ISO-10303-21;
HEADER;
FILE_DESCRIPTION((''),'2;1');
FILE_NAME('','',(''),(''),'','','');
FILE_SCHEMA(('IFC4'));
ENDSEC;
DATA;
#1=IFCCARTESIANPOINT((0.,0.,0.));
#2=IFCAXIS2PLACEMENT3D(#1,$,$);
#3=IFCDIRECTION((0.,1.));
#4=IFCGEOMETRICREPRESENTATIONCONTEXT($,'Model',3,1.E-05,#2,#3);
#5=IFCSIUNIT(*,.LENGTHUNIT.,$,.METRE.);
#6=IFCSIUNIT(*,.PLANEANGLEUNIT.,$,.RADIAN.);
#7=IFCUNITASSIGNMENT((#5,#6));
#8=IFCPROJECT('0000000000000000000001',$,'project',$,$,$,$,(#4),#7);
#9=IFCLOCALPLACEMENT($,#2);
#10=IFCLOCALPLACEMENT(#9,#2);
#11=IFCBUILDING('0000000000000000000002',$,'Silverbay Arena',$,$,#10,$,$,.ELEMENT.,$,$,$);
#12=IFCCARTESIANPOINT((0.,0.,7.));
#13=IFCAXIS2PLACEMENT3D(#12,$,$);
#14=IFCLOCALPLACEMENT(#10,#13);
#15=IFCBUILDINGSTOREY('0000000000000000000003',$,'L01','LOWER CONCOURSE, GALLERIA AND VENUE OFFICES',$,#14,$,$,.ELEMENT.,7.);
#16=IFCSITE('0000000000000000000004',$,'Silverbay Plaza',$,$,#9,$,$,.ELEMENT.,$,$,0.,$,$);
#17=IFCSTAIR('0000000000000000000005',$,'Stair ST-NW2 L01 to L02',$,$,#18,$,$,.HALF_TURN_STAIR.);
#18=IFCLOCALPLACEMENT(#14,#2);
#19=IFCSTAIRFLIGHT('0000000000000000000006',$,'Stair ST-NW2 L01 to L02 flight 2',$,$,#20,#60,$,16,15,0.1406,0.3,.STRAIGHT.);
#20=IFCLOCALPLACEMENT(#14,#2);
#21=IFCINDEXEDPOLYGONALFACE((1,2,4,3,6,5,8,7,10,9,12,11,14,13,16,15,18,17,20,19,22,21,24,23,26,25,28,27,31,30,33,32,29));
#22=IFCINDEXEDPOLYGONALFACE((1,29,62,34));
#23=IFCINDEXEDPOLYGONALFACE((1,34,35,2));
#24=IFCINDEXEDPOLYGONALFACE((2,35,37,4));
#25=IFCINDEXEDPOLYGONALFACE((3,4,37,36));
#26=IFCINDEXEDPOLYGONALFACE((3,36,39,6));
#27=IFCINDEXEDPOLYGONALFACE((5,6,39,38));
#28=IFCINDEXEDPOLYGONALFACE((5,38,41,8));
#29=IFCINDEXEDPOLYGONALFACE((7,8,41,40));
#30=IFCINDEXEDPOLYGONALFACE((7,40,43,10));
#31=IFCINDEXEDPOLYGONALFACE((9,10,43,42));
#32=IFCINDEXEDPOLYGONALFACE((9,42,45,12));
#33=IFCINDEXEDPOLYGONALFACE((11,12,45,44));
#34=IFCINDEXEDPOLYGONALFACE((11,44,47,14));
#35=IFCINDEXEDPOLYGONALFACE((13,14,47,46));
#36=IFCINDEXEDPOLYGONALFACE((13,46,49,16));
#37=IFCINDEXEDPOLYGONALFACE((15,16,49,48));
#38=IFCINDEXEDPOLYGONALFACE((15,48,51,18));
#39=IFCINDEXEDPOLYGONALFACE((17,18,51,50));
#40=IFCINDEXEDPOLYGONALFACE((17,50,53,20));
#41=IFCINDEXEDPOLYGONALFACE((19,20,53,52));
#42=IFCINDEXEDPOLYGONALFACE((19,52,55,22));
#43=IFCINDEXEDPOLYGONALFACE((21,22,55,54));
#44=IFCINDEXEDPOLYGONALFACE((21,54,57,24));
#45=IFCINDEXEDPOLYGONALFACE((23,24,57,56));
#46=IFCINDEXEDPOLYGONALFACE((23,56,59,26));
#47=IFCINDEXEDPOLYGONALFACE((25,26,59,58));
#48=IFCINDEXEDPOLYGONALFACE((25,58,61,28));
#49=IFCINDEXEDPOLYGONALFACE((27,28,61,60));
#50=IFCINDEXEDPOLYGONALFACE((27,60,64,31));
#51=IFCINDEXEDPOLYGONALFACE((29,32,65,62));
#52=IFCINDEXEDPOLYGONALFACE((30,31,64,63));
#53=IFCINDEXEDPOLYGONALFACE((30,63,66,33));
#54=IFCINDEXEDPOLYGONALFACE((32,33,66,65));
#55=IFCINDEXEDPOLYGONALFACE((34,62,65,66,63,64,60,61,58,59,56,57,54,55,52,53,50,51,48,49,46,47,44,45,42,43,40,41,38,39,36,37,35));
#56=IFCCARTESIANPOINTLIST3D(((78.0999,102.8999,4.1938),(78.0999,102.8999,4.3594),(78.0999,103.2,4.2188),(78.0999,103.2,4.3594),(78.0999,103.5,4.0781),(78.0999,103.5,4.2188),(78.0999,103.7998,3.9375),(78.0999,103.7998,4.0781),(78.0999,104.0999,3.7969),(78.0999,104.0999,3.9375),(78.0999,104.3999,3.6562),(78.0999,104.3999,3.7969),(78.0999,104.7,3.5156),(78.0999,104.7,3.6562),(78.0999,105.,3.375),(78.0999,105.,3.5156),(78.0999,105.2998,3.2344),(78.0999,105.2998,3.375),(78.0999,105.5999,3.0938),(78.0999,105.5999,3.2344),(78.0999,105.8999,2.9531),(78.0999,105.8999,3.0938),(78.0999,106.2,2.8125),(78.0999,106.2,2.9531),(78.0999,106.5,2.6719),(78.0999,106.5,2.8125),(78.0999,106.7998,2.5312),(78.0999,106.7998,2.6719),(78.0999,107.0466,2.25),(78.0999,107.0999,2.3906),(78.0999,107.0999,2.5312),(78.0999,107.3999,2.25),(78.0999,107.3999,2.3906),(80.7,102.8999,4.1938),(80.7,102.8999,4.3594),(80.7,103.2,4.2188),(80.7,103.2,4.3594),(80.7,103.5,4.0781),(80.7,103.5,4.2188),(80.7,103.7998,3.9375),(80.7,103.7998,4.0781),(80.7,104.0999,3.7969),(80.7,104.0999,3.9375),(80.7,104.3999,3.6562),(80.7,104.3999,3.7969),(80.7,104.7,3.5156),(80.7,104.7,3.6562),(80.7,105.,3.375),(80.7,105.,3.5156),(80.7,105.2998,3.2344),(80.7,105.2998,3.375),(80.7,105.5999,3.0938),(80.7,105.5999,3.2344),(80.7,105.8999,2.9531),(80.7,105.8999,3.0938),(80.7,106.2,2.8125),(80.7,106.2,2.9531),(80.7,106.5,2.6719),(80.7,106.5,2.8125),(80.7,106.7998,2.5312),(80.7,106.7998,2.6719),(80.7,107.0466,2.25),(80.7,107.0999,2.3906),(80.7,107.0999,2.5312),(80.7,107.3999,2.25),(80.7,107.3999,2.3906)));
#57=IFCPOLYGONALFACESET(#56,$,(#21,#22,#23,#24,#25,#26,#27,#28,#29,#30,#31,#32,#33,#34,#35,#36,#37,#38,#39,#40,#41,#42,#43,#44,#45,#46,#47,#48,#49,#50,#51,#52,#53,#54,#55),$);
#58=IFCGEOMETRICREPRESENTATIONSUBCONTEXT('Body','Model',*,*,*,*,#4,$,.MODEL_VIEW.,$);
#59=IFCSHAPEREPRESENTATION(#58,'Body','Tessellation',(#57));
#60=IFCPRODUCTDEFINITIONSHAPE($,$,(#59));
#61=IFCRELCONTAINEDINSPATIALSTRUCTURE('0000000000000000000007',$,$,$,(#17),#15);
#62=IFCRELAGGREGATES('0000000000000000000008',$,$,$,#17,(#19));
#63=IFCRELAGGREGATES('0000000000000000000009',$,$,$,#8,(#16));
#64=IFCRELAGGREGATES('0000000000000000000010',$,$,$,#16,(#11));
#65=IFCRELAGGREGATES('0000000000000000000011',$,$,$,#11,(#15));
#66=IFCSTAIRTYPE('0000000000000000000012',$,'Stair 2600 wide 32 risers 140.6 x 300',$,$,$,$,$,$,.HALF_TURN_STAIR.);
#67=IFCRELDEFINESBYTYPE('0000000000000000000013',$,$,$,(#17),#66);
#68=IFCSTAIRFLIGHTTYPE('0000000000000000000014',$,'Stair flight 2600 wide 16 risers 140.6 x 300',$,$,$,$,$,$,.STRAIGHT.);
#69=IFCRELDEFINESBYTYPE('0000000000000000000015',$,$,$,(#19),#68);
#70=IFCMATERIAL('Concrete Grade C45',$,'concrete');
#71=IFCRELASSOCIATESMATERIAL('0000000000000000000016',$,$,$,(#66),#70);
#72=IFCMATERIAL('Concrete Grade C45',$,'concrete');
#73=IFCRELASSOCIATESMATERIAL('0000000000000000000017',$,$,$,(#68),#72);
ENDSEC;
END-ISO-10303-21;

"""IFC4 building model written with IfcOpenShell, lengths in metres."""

from ifc_helpers import new_model, si_unit, direction, frame, origin, place, context, subcontext, project, spatial, polyline, outline, extrude, material, type_object, element, aggregate, save


model = new_model("IFC4")

# Units and contexts
model_context = context("Model", 3, precision=1e-05, world=origin(), true_north=direction((0.0, 1.0)))
body_context = subcontext(model_context, "Body", "Model", "MODEL_VIEW")
ifc_project = project(units=[si_unit("LENGTHUNIT", "METRE"), si_unit("PLANEANGLEUNIT", "RADIAN")], contexts=[model_context])

# Site, building, storey
site_placement = place(None, origin())
site = spatial("IfcSite", under=ifc_project, at=site_placement, Name="Silverbay Plaza", CompositionType="ELEMENT", RefElevation=0.0)
building_placement = place(site_placement, origin())
building = spatial("IfcBuilding", under=site, at=building_placement, Name="Silverbay Arena", CompositionType="ELEMENT")
storey_placement = place(building_placement, frame((0.0, 0.0, 7.0)))
storey = spatial("IfcBuildingStorey", under=building, at=storey_placement, Name="L01", Description="LOWER CONCOURSE, GALLERIA AND VENUE OFFICES", CompositionType="ELEMENT", Elevation=7.0)

# Stair, stair flight
ifc_material_1 = material(Name="Concrete Grade C45", Category="concrete")
stair_type = type_object("IfcStairType", Name="Stair 2600 wide 32 risers 140.6 x 300", PredefinedType="HALF_TURN_STAIR", material=ifc_material_1)
stair_placement = place(storey_placement, origin())
stair = element("IfcStair", 1, at=stair_placement, inside=storey, type_object=stair_type, Name="Stair ST-NW2 L01 to L02", PredefinedType="HALF_TURN_STAIR")
ifc_material_2 = material(Name="Concrete Grade C45", Category="concrete")
stair_flight_type = type_object("IfcStairFlightType", Name="Stair flight 2600 wide 16 risers 140.6 x 300", PredefinedType="STRAIGHT", material=ifc_material_2)
stair_flight_1_placement = place(storey_placement, frame((79.3999, 107.3999, 2.25), z_axis=(0.0, 0.0, 1.0), x_axis=(0.0, -1.0, 0.0)))
stair_flight_1 = element("IfcStairFlight", 2, at=stair_flight_1_placement, type_object=stair_flight_type, Name="Stair ST-NW2 L01 to L02 flight 2", NumberOfRisers=16, NumberOfTreads=15, PredefinedType="STRAIGHT", RiserHeight=0.1406, TreadLength=0.3, context=body_context, shape_type="SweptSolid", body=[
    extrude(outline(polyline([(0.0, 0.0), (0.0, 0.1406), (0.3, 0.1406), (0.3, 0.2812), (0.6001, 0.2812), (0.6001, 0.4219), (0.8999, 0.4219), (0.8999, 0.5625), (1.2, 0.5625), (1.2, 0.7031), (1.5, 0.7031), (1.5, 0.8438), (1.8, 0.8438), (1.8, 0.9844), (2.1001, 0.9844), (2.1001, 1.125), (2.3999, 1.125), (2.3999, 1.2656), (2.7, 1.2656), (2.7, 1.4062), (3.0, 1.4062), (3.0, 1.5469), (3.3, 1.5469), (3.3, 1.6875), (3.6001, 1.6875), (3.6001, 1.8281), (3.8999, 1.8281), (3.8999, 1.9688), (4.2, 1.9688), (4.2, 2.1094), (4.5, 2.1094), (4.5, 1.9438), (0.3533, 0.0), (0.0, 0.0)])), frame((0.0, 1.3, 0.0), z_axis=(0.0, -1.0, 0.0), x_axis=(1.0, 0.0, 0.0)), (0.0, 0.0, 1.0), 2.6001),
])
aggregate(stair, [stair_flight_1])

save(model, "model.ifc")
